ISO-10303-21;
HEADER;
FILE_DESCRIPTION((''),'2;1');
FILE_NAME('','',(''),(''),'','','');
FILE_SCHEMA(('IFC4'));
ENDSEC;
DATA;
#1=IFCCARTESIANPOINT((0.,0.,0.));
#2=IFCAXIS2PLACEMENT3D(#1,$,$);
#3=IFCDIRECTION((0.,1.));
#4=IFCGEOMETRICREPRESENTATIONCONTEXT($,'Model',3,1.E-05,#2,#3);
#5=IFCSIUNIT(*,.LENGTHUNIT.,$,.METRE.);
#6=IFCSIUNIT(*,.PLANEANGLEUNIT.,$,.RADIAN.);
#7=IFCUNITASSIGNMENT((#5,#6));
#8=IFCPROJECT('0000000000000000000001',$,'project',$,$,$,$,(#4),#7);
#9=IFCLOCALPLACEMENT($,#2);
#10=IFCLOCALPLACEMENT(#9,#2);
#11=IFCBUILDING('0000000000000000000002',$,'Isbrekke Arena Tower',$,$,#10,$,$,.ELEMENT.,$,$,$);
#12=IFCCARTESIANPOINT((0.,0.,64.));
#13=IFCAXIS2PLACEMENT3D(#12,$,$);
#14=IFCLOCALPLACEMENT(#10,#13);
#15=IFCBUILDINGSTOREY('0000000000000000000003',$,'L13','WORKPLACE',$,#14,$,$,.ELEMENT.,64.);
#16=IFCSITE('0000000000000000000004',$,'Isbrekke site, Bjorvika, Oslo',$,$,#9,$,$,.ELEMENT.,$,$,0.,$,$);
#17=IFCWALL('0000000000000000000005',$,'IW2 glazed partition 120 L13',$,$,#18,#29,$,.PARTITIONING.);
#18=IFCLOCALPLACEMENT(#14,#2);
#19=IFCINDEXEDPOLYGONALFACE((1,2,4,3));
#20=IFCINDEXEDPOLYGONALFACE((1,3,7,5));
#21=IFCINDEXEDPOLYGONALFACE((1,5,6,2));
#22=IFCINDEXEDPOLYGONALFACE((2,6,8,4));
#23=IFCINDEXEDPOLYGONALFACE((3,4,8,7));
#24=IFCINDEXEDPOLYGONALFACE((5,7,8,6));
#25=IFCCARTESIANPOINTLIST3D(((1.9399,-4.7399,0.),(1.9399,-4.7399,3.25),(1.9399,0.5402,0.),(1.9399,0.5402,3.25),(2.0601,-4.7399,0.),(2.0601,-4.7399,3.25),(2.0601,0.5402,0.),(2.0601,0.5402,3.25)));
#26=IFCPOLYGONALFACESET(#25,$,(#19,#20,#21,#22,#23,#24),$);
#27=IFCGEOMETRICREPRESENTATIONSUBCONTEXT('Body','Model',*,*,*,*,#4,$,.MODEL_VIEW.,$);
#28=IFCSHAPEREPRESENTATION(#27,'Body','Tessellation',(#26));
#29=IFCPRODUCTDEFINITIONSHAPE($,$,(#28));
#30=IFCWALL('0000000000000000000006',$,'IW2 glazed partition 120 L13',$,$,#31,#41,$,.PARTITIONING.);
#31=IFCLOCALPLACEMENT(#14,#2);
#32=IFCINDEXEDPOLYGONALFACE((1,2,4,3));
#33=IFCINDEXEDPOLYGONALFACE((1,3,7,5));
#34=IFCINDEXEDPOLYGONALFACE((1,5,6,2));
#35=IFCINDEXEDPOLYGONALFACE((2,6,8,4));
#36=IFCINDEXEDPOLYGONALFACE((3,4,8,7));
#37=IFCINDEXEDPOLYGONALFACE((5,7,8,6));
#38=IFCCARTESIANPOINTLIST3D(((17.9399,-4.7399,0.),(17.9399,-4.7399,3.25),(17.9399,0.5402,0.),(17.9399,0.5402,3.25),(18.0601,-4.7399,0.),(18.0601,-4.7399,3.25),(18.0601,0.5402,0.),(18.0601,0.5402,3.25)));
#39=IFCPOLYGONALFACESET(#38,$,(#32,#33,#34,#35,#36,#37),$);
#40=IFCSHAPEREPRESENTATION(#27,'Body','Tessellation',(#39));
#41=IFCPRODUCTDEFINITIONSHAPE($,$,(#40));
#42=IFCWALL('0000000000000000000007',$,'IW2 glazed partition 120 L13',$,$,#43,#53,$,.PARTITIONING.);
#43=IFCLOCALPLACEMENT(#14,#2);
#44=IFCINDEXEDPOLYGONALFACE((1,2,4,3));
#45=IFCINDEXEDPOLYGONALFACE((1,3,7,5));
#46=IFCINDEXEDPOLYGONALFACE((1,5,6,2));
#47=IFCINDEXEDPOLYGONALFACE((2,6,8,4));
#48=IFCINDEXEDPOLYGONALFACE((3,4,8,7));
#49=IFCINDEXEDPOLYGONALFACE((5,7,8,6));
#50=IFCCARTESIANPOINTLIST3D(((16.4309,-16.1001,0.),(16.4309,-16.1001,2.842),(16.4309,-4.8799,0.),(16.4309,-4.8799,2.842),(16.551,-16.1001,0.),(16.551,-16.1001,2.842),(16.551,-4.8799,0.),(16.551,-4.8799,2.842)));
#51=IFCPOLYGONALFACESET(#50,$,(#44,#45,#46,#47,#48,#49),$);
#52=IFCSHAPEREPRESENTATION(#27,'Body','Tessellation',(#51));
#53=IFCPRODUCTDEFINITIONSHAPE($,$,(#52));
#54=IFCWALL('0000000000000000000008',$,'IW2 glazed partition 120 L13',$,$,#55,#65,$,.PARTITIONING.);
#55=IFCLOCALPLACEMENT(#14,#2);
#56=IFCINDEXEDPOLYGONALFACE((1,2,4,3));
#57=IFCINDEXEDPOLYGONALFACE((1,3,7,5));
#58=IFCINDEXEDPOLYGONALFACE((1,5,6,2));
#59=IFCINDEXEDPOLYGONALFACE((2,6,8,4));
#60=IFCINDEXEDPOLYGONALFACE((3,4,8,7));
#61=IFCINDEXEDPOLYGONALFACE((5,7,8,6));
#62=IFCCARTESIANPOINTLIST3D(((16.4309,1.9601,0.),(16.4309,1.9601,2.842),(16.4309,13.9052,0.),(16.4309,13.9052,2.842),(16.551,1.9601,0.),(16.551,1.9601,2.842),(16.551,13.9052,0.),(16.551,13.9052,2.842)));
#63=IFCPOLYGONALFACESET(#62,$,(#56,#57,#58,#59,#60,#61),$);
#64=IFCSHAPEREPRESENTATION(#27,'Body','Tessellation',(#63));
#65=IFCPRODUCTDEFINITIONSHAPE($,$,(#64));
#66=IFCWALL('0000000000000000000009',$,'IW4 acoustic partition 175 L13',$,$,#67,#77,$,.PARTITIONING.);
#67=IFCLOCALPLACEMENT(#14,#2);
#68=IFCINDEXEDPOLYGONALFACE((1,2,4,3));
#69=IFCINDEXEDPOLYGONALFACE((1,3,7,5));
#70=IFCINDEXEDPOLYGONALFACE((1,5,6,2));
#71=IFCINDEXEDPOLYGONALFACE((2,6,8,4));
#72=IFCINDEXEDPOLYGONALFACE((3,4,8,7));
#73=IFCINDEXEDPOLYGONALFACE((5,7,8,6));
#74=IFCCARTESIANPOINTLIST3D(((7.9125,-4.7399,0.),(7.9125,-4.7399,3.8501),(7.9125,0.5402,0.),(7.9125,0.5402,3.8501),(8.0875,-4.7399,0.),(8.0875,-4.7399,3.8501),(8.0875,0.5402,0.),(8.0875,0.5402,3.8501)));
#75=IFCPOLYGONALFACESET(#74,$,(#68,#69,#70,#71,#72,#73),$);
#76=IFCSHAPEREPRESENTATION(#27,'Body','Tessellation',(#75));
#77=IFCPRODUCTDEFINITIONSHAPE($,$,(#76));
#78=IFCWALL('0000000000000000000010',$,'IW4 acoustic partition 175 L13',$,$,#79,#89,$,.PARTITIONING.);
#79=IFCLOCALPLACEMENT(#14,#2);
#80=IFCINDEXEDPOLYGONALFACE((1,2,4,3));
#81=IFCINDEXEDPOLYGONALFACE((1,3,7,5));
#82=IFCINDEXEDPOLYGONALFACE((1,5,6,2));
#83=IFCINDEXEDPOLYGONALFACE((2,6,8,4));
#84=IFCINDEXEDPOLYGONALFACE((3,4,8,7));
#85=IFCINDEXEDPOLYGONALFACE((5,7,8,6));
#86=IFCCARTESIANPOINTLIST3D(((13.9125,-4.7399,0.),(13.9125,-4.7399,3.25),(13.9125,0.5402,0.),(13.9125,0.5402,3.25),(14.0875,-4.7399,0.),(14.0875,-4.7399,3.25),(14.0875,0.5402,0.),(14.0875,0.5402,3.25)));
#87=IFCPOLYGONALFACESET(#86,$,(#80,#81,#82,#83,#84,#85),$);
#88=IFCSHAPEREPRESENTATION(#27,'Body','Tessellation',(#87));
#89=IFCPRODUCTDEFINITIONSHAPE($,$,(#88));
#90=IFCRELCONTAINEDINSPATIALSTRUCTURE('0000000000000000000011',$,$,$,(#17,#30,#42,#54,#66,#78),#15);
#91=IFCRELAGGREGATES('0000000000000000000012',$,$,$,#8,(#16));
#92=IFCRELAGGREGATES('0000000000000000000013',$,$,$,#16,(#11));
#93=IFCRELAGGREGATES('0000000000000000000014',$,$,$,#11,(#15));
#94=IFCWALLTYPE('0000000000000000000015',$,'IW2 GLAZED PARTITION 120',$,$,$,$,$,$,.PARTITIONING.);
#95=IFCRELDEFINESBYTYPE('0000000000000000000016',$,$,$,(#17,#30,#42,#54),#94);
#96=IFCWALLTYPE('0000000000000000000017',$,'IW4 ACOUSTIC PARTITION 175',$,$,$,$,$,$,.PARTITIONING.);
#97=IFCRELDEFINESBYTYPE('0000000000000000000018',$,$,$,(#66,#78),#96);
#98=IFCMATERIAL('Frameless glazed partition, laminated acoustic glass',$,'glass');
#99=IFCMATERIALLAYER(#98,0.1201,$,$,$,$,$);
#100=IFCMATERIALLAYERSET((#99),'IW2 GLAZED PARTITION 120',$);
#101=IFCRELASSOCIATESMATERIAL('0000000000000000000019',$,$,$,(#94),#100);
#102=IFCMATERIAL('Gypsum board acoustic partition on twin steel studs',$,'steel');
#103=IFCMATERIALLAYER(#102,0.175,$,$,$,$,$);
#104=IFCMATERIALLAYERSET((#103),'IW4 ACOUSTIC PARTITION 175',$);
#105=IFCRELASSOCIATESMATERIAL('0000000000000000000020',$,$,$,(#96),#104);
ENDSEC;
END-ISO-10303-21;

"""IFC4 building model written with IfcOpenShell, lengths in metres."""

from ifc_helpers import new_model, si_unit, direction, frame, frame_2d, origin, place, context, subcontext, project, spatial, rectangle, extrude, material, layer, layer_set, type_object, element, save


model = new_model("IFC4")

# Units and contexts
model_context = context("Model", 3, precision=1e-05, world=origin(), true_north=direction((0.0, 1.0)))
body_context = subcontext(model_context, "Body", "Model", "MODEL_VIEW")
ifc_project = project(units=[si_unit("LENGTHUNIT", "METRE"), si_unit("PLANEANGLEUNIT", "RADIAN")], contexts=[model_context])

# Site, building, storey
site_placement = place(None, origin())
site = spatial("IfcSite", under=ifc_project, at=site_placement, Name="Isbrekke site, Bjorvika, Oslo", CompositionType="ELEMENT", RefElevation=0.0)
building_placement = place(site_placement, origin())
building = spatial("IfcBuilding", under=site, at=building_placement, Name="Isbrekke Arena Tower", CompositionType="ELEMENT")
storey_placement = place(building_placement, frame((0.0, 0.0, 64.0)))
storey = spatial("IfcBuildingStorey", under=building, at=storey_placement, Name="L13", Description="WORKPLACE", CompositionType="ELEMENT", Elevation=64.0)

# Shared definitions
ifc_material_1 = material(Name="Frameless glazed partition, laminated acoustic glass", Category="glass")
ifc_layer_1 = layer(ifc_material_1, 0.1201)
ifc_layer_set_1 = layer_set([ifc_layer_1], Name="IW2 GLAZED PARTITION 120")
wall_type_1 = type_object("IfcWallType", Name="IW2 GLAZED PARTITION 120", PredefinedType="PARTITIONING", material=ifc_layer_set_1)

# Walls
for number, where, z_axis, x_axis, name in (
    (1, (2.0, -4.74, 0.0), (0.0, 0.0, 1.0), (0.0, 1.0, 0.0), "IW2 glazed partition 120 L13"),
    (2, (18.0, -4.74, 0.0), (0.0, 0.0, 1.0), (0.0, 1.0, 0.0), "IW2 glazed partition 120 L13"),
):
    element("IfcWall", number, at=place(storey_placement, frame(where, z_axis=z_axis, x_axis=x_axis)), inside=storey, type_object=wall_type_1, Name=name, PredefinedType="PARTITIONING", context=body_context, shape_type="SweptSolid", body=[
        extrude(rectangle(XDim=5.28, YDim=0.1201, at=frame_2d((2.6401, 0.0))), origin(), (0.0, 0.0, 1.0), 3.25),
    ])
wall_1_placement = place(storey_placement, frame((16.491, -16.1001, 0.0), z_axis=(0.0, 0.0, 1.0), x_axis=(0.0, 1.0, 0.0)))
element("IfcWall", 3, at=wall_1_placement, inside=storey, type_object=wall_type_1, Name="IW2 glazed partition 120 L13", PredefinedType="PARTITIONING", context=body_context, shape_type="SweptSolid", body=[
    extrude(rectangle(XDim=11.2202, YDim=0.1201, at=frame_2d((5.6101, 0.0))), origin(), (0.0, 0.0, 1.0), 2.842),
])
wall_2_placement = place(storey_placement, frame((16.491, 1.96, 0.0), z_axis=(0.0, 0.0, 1.0), x_axis=(0.0, 1.0, 0.0)))
element("IfcWall", 4, at=wall_2_placement, inside=storey, type_object=wall_type_1, Name="IW2 glazed partition 120 L13", PredefinedType="PARTITIONING", context=body_context, shape_type="SweptSolid", body=[
    extrude(rectangle(XDim=11.9451, YDim=0.1201, at=frame_2d((5.9727, 0.0))), origin(), (0.0, 0.0, 1.0), 2.842),
])
ifc_material_2 = material(Name="Gypsum board acoustic partition on twin steel studs", Category="steel")
ifc_layer_2 = layer(ifc_material_2, 0.175)
ifc_layer_set_2 = layer_set([ifc_layer_2], Name="IW4 ACOUSTIC PARTITION 175")
wall_type_2 = type_object("IfcWallType", Name="IW4 ACOUSTIC PARTITION 175", PredefinedType="PARTITIONING", material=ifc_layer_set_2)
wall_3_placement = place(storey_placement, frame((8.0, -4.74, 0.0), z_axis=(0.0, 0.0, 1.0), x_axis=(0.0, 1.0, 0.0)))
element("IfcWall", 5, at=wall_3_placement, inside=storey, type_object=wall_type_2, Name="IW4 acoustic partition 175 L13", PredefinedType="PARTITIONING", context=body_context, shape_type="SweptSolid", body=[
    extrude(rectangle(XDim=5.28, YDim=0.175, at=frame_2d((2.6401, 0.0))), origin(), (0.0, 0.0, 1.0), 3.8501),
])
wall_4_placement = place(storey_placement, frame((14.0, -4.74, 0.0), z_axis=(0.0, 0.0, 1.0), x_axis=(0.0, 1.0, 0.0)))
element("IfcWall", 6, at=wall_4_placement, inside=storey, type_object=wall_type_2, Name="IW4 acoustic partition 175 L13", PredefinedType="PARTITIONING", context=body_context, shape_type="SweptSolid", body=[
    extrude(rectangle(XDim=5.28, YDim=0.175, at=frame_2d((2.6401, 0.0))), origin(), (0.0, 0.0, 1.0), 3.25),
])

save(model, "model.ifc")
